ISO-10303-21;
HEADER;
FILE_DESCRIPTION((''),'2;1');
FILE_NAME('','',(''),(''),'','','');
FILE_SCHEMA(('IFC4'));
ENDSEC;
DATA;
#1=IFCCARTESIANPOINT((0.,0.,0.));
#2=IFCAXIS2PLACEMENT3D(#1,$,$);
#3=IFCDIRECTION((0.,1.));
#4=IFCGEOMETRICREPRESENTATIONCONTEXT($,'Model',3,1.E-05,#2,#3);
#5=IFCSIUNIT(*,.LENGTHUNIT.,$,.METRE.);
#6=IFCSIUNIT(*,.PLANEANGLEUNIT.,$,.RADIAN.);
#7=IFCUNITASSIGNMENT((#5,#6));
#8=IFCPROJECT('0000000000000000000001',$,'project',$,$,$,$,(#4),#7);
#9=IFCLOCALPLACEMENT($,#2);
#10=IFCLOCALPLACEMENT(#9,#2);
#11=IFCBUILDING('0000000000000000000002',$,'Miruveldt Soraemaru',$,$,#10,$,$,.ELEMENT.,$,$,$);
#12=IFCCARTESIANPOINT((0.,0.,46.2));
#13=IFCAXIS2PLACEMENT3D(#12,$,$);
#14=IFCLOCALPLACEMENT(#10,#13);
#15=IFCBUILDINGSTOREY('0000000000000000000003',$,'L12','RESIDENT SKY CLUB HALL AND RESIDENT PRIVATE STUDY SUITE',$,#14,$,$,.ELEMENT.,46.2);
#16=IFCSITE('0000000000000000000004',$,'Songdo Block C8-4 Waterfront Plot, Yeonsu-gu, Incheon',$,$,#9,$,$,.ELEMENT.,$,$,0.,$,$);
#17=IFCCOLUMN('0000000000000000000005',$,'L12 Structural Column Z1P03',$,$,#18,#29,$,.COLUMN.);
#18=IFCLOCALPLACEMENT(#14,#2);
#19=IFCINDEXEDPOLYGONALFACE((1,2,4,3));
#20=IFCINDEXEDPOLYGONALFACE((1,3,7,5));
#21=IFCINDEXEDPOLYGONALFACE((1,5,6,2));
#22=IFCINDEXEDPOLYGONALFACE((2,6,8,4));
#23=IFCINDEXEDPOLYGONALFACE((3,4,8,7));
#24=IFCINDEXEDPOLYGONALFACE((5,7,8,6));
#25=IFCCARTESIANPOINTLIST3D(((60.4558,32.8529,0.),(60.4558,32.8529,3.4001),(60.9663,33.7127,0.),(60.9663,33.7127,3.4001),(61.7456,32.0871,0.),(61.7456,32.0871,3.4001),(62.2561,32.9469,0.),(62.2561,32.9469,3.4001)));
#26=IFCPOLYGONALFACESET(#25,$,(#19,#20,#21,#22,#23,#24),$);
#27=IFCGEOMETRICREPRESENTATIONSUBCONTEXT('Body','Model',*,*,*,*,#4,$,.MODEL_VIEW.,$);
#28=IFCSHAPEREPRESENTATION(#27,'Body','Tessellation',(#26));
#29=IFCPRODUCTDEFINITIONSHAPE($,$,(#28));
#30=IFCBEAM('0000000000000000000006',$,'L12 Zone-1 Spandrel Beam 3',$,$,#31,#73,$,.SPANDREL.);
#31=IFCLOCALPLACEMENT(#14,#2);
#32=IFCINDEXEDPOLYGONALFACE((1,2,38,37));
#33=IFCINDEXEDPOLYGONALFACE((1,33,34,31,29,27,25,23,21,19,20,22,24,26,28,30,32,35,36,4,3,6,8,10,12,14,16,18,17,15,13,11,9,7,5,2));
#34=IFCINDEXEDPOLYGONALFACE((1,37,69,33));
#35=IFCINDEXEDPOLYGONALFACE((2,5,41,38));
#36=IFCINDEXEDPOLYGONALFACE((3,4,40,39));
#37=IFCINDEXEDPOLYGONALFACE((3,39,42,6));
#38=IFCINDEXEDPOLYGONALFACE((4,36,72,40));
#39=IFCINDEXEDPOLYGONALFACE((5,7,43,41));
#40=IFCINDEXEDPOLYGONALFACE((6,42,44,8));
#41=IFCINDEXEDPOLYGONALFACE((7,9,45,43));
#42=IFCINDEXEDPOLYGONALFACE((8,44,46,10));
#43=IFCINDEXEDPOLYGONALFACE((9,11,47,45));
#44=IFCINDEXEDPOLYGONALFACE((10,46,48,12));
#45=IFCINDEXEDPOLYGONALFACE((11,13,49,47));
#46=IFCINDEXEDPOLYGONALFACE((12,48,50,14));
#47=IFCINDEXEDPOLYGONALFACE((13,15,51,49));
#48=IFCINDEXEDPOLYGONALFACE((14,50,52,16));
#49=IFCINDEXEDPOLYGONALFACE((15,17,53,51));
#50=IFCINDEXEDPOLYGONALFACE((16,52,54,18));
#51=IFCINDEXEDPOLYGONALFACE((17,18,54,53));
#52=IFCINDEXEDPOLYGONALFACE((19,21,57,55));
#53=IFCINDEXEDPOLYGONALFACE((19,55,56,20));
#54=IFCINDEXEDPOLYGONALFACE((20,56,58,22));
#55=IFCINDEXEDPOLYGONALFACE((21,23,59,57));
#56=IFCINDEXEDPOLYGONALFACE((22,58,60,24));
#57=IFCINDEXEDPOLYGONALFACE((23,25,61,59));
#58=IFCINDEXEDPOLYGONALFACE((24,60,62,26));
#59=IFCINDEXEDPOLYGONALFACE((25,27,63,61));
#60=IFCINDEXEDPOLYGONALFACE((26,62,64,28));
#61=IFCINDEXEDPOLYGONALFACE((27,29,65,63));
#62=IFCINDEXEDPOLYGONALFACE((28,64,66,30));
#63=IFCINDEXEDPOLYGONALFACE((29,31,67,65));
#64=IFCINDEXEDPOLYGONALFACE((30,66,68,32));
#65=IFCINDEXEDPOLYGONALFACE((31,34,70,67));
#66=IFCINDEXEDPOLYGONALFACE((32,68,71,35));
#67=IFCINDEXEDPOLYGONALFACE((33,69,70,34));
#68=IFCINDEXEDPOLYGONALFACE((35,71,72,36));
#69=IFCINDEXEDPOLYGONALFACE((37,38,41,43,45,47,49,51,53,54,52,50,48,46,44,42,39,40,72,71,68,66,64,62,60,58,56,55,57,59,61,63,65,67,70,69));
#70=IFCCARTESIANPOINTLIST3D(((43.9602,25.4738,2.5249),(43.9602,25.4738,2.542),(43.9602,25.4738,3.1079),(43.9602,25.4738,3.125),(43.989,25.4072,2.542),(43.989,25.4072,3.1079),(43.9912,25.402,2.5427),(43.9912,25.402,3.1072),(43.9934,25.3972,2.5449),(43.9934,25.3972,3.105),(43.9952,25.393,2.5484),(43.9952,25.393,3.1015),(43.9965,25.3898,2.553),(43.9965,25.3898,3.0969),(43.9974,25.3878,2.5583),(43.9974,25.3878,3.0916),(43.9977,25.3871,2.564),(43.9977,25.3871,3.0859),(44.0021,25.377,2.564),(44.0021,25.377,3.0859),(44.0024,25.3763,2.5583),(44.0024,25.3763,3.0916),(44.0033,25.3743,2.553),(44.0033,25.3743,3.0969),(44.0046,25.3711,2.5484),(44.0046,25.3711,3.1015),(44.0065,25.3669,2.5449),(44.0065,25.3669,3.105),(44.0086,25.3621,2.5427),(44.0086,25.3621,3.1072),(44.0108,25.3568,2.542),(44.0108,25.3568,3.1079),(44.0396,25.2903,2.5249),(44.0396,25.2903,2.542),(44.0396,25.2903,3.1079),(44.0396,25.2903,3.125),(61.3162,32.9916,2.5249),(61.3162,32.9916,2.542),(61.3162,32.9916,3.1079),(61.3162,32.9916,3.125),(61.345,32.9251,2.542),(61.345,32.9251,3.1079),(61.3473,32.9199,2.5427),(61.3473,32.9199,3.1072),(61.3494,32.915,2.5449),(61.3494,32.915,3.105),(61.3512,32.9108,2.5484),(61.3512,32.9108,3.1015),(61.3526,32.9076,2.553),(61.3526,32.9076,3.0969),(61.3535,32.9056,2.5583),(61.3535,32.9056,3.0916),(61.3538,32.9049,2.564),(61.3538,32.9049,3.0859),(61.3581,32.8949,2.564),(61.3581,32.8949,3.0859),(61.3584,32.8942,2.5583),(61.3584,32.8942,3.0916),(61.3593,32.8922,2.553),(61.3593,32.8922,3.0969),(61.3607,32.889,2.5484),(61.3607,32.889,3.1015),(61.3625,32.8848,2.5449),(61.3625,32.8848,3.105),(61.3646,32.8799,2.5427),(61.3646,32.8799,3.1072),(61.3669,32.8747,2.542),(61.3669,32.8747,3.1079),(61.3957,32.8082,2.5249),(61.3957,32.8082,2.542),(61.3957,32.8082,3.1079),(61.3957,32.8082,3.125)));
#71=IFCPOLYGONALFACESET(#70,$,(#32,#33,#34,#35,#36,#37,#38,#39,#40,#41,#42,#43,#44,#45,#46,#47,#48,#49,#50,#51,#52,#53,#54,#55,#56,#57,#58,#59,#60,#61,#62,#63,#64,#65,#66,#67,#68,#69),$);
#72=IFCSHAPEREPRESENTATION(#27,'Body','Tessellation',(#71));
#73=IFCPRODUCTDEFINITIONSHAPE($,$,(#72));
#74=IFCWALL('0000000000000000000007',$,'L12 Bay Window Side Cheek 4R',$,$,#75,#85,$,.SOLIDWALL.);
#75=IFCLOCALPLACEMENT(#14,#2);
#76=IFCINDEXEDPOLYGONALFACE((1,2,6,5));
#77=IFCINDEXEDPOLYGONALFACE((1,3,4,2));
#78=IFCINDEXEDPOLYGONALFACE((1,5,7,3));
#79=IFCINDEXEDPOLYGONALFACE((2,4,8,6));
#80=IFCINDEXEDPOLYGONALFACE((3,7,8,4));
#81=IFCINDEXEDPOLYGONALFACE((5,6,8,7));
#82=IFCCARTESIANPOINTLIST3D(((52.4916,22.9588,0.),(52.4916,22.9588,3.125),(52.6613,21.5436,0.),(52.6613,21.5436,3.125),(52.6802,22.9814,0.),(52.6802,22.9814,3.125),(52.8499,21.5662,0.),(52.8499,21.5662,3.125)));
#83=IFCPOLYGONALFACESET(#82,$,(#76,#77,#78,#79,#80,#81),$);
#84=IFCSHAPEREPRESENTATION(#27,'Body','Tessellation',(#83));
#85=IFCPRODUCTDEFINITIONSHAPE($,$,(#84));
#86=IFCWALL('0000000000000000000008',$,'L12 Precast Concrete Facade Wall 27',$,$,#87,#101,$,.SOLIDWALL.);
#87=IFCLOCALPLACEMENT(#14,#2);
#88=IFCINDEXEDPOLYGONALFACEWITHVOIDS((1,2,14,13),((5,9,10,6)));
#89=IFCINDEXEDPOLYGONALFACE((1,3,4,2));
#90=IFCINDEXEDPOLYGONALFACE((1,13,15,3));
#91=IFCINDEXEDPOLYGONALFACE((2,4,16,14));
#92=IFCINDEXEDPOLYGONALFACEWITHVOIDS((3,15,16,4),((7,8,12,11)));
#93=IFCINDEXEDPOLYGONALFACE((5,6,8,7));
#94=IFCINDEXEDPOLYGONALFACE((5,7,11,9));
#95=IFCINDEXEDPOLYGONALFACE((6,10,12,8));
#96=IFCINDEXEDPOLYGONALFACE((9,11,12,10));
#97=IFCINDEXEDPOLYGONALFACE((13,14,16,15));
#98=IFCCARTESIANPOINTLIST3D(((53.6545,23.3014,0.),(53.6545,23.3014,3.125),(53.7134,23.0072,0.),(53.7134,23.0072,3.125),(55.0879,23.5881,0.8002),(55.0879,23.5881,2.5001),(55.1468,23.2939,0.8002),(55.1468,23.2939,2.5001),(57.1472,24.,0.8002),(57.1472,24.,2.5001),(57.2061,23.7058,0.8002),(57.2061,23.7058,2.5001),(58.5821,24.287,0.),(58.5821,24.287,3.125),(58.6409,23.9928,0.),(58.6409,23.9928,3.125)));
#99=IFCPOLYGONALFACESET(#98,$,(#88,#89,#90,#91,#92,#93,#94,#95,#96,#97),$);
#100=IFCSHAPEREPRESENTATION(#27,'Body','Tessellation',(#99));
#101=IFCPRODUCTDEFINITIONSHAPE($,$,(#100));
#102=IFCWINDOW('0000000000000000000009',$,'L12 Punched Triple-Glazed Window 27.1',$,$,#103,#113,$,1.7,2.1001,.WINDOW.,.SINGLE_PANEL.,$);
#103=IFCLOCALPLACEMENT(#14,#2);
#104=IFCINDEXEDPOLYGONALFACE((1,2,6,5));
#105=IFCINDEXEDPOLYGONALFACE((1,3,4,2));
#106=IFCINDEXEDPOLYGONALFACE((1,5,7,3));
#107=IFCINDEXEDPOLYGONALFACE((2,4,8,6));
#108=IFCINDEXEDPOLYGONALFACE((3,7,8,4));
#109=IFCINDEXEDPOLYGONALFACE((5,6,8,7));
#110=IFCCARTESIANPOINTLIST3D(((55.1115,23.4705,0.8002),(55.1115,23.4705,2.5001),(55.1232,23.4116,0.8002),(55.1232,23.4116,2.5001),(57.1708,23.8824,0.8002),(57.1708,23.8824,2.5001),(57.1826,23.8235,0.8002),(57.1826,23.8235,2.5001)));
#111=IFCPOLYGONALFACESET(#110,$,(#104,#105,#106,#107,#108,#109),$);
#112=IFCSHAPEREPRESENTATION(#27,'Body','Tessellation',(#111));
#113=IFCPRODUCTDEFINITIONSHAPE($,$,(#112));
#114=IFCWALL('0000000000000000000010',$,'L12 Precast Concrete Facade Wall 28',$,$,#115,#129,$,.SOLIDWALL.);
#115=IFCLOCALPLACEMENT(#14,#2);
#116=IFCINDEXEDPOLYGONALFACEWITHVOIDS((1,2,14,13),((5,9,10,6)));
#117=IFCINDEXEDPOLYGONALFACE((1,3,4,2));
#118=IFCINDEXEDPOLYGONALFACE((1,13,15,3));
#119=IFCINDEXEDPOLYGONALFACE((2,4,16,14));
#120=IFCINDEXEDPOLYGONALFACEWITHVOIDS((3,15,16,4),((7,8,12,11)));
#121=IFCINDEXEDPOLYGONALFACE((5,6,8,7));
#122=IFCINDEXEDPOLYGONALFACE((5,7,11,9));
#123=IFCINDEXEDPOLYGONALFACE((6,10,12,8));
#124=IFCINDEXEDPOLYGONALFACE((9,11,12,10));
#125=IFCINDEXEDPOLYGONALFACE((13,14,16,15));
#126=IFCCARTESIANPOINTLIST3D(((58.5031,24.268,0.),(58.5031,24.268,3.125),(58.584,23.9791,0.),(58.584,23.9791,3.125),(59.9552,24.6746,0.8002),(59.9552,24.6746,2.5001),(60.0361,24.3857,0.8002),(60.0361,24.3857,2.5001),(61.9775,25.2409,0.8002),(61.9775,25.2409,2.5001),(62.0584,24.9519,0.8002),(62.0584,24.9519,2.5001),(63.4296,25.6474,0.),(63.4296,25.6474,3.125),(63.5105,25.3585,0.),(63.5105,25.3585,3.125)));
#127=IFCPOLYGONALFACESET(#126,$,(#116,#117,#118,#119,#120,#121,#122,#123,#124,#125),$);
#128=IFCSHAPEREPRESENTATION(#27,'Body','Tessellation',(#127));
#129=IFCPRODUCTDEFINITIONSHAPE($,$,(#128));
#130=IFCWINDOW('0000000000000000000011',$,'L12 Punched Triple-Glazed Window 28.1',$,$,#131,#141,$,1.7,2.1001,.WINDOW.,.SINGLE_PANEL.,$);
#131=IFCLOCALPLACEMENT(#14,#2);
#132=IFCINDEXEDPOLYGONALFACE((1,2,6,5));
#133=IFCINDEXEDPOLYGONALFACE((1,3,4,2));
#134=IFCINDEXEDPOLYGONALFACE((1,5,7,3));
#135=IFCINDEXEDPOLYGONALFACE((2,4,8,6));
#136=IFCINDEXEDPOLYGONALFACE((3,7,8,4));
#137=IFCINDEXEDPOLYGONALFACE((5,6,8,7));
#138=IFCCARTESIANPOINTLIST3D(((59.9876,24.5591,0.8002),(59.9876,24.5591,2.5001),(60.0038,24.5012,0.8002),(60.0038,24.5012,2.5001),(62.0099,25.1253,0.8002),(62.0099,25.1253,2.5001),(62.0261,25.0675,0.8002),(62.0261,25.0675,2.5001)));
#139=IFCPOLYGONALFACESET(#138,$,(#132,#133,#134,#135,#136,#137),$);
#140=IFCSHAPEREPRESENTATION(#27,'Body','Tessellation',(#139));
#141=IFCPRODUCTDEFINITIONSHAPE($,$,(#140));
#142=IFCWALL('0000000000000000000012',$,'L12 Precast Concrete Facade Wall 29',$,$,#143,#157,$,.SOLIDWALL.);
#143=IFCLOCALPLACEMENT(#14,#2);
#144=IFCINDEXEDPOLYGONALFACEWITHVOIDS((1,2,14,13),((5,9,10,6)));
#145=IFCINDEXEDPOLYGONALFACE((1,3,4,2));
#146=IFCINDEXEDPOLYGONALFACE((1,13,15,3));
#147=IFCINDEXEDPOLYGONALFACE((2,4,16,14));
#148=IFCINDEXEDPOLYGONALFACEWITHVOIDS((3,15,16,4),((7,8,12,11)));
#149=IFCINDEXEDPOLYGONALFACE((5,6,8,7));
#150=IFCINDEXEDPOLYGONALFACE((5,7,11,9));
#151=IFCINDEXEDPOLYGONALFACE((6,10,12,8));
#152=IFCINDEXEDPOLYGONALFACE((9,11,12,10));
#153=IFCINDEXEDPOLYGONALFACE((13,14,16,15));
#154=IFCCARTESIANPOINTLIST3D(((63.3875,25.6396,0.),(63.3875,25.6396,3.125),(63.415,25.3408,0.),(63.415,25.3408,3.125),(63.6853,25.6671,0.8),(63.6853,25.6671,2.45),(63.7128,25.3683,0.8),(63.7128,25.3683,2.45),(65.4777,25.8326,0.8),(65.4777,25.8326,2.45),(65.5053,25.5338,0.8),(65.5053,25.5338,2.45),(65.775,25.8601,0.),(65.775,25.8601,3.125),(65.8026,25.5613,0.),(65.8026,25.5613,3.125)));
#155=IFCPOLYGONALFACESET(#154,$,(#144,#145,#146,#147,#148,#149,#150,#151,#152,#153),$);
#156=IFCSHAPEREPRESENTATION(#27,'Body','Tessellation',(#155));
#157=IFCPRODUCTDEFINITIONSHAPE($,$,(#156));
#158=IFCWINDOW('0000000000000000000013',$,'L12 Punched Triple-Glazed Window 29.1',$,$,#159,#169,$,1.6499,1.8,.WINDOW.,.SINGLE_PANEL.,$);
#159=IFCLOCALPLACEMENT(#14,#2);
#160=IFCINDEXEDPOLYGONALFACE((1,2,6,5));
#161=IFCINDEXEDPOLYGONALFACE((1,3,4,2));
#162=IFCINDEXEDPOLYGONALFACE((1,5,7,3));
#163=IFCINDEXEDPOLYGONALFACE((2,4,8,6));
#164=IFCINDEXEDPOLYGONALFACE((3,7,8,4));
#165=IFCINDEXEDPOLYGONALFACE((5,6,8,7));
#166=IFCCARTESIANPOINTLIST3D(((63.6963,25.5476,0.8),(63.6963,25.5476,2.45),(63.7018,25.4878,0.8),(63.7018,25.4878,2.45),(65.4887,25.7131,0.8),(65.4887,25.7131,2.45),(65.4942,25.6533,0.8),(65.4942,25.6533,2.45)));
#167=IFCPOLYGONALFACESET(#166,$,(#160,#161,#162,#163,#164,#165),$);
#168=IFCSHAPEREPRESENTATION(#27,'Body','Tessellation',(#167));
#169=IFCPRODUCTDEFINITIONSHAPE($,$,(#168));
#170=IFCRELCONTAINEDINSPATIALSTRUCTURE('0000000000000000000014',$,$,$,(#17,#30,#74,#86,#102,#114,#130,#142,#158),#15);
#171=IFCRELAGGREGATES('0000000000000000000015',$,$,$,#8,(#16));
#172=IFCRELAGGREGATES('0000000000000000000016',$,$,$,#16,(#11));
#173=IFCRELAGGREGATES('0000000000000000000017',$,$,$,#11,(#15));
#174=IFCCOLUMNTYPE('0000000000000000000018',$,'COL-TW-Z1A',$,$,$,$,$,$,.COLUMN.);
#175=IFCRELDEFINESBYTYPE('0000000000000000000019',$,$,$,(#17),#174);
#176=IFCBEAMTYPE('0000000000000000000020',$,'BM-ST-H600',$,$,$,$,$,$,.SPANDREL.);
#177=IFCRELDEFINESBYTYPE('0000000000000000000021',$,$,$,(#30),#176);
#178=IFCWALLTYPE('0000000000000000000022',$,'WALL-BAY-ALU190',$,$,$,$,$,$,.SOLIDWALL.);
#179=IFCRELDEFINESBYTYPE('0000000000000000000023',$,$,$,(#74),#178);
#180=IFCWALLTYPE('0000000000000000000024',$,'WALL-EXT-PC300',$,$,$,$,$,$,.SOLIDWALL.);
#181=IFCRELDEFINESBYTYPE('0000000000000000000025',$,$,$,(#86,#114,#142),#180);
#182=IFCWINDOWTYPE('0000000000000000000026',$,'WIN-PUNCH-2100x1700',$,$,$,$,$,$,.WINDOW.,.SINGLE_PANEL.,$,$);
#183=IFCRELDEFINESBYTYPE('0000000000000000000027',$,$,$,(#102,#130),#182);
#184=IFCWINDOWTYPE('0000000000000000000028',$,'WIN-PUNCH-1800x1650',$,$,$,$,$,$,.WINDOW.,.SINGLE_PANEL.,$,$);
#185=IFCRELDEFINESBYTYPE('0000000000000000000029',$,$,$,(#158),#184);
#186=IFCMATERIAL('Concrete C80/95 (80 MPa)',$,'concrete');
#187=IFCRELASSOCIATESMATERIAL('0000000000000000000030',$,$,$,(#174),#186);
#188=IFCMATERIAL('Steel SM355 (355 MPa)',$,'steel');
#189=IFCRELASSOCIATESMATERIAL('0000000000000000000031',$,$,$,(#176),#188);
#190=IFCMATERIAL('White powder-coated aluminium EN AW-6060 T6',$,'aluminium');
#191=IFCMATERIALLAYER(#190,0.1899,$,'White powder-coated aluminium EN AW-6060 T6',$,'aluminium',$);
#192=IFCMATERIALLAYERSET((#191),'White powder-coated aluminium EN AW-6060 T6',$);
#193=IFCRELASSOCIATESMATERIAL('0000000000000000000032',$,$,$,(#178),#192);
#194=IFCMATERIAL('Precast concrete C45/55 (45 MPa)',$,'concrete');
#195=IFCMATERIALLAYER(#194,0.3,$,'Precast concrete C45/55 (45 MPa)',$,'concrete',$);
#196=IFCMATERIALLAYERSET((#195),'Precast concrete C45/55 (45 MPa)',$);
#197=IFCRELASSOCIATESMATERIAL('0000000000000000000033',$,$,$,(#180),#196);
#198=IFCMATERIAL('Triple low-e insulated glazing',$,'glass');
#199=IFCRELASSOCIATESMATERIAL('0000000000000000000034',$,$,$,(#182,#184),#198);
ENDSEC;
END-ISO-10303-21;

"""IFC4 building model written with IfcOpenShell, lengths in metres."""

from ifc_helpers import new_model, si_unit, direction, frame, frame_2d, origin, origin_2d, place, context, subcontext, project, spatial, rectangle, i_section, extrude, material, layer, layer_set, material_profile, profile_set, type_object, element, fill, save


model = new_model("IFC4")

# Units and contexts
model_context = context("Model", 3, precision=1e-05, world=origin(), true_north=direction((0.0, 1.0)))
body_context = subcontext(model_context, "Body", "Model", "MODEL_VIEW")
ifc_project = project(units=[si_unit("LENGTHUNIT", "METRE"), si_unit("PLANEANGLEUNIT", "RADIAN")], contexts=[model_context])

# Site, building, storey
site_placement = place(None, origin())
site = spatial("IfcSite", under=ifc_project, at=site_placement, Name="Songdo Block C8-4 Waterfront Plot, Yeonsu-gu, Incheon", CompositionType="ELEMENT", RefElevation=0.0)
building_placement = place(site_placement, origin())
building = spatial("IfcBuilding", under=site, at=building_placement, Name="Miruveldt Soraemaru", CompositionType="ELEMENT")
storey_placement = place(building_placement, frame((0.0, 0.0, 46.2)))
storey = spatial("IfcBuildingStorey", under=building, at=storey_placement, Name="L12", Description="RESIDENT SKY CLUB HALL AND RESIDENT PRIVATE STUDY SUITE", CompositionType="ELEMENT", Elevation=46.2)

# Column
ifc_material_1 = material(Name="Concrete C80/95 (80 MPa)", Category="concrete")
ifc_material_profile_1 = material_profile(ifc_material_1, rectangle(XDim=1.5, YDim=1.0, at=origin_2d()), Name="Concrete C80/95 (80 MPa)", Category="concrete")
ifc_profile_set_1 = profile_set([ifc_material_profile_1], Name="Concrete C80/95 (80 MPa)")
column_type = type_object("IfcColumnType", Name="COL-TW-Z1A", PredefinedType="COLUMN", material=ifc_profile_set_1)
column_placement = place(storey_placement, frame((61.356, 32.8999, 0.0), z_axis=(0.0, 0.0, 1.0), x_axis=(-0.859852, 0.510543, 0.0)))
element("IfcColumn", 1, at=column_placement, inside=storey, type_object=column_type, Name="L12 Structural Column Z1P03", PredefinedType="COLUMN", context=body_context, shape_type="SweptSolid", body=[
    extrude(rectangle(XDim=1.5, YDim=1.0, at=origin_2d()), origin(), (0.0, 0.0, 1.0), 3.4001),
])

# Beam
ifc_material_2 = material(Name="Steel SM355 (355 MPa)", Category="steel")
ifc_material_profile_2 = material_profile(ifc_material_2, i_section(OverallWidth=0.2, OverallDepth=0.6001, WebThickness=0.011, FlangeThickness=0.0171, FilletRadius=0.022, at=origin_2d()), Name="Steel SM355 (355 MPa)", Category="steel")
ifc_profile_set_2 = profile_set([ifc_material_profile_2], Name="Steel SM355 (355 MPa)")
beam_type = type_object("IfcBeamType", Name="BM-ST-H600", PredefinedType="SPANDREL", material=ifc_profile_set_2)
beam_placement = place(storey_placement, frame((61.356, 32.8999, 2.825), z_axis=(-0.917615, -0.39747, 0.0), x_axis=(0.39747, -0.917615, 0.0)))
element("IfcBeam", 2, at=beam_placement, inside=storey, type_object=beam_type, Name="L12 Zone-1 Spandrel Beam 3", PredefinedType="SPANDREL", context=body_context, shape_type="SweptSolid", body=[
    extrude(i_section(OverallWidth=0.2, OverallDepth=0.6001, WebThickness=0.011, FlangeThickness=0.0171, FilletRadius=0.022, at=origin_2d()), origin(), (0.0, 0.0, 1.0), 18.9143),
])

# Wall
ifc_material_3 = material(Name="White powder-coated aluminium EN AW-6060 T6", Category="aluminium")
ifc_layer_1 = layer(ifc_material_3, 0.1899, Name="White powder-coated aluminium EN AW-6060 T6", Category="aluminium")
ifc_layer_set_1 = layer_set([ifc_layer_1], Name="White powder-coated aluminium EN AW-6060 T6")
wall_type_1 = type_object("IfcWallType", Name="WALL-BAY-ALU190", PredefinedType="SOLIDWALL", material=ifc_layer_set_1)
wall_1_placement = place(storey_placement, frame((52.7556, 21.5549, 0.0), z_axis=(0.0, 0.0, 1.0), x_axis=(-0.119057, 0.992887, 0.0)))
element("IfcWall", 3, at=wall_1_placement, inside=storey, type_object=wall_type_1, Name="L12 Bay Window Side Cheek 4R", PredefinedType="SOLIDWALL", context=body_context, shape_type="SweptSolid", body=[
    extrude(rectangle(XDim=1.4253, YDim=0.1899, at=frame_2d((0.7126, 0.0))), origin(), (0.0, 0.0, 1.0), 3.125),
])

# Walls, openings, windows
ifc_material_4 = material(Name="Precast concrete C45/55 (45 MPa)", Category="concrete")
ifc_layer_2 = layer(ifc_material_4, 0.3, Name="Precast concrete C45/55 (45 MPa)", Category="concrete")
ifc_layer_set_2 = layer_set([ifc_layer_2], Name="Precast concrete C45/55 (45 MPa)")
wall_type_2 = type_object("IfcWallType", Name="WALL-EXT-PC300", PredefinedType="SOLIDWALL", material=ifc_layer_set_2)
wall_2_placement = place(storey_placement, frame((53.6838, 23.1543, 0.0), z_axis=(0.0, 0.0, 1.0), x_axis=(0.980577, 0.196135, 0.0)))
wall_2 = element("IfcWall", 4, at=wall_2_placement, inside=storey, type_object=wall_type_2, Name="L12 Precast Concrete Facade Wall 27", PredefinedType="SOLIDWALL", context=body_context, shape_type="SweptSolid", body=[
    extrude(rectangle(XDim=5.0251, YDim=0.3, at=frame_2d((2.5127, 0.0))), origin(), (0.0, 0.0, 1.0), 3.125),
])
opening_1_placement = place(wall_2_placement, frame((1.4619, 0.0, 0.8)))
opening_1 = element("IfcOpeningElement", 5, at=opening_1_placement, cuts=wall_2, PredefinedType="OPENING", context=body_context, shape_type="SweptSolid", body=[
    extrude(rectangle(XDim=2.1001, YDim=1.7, at=frame_2d((1.05, 0.8501))), frame((0.0, 0.1602, 0.0), z_axis=(0.0, -1.0, 0.0), x_axis=(1.0, 0.0, 0.0)), (0.0, 0.0, 1.0), 0.3201),
])
ifc_material_5 = material(Name="Triple low-e insulated glazing", Category="glass")
window_type_1 = type_object("IfcWindowType", Name="WIN-PUNCH-2100x1700", PartitioningType="SINGLE_PANEL", PredefinedType="WINDOW", material=ifc_material_5)
window_1_placement = place(opening_1_placement, origin())
window_1 = element("IfcWindow", 6, at=window_1_placement, inside=storey, type_object=window_type_1, Name="L12 Punched Triple-Glazed Window 27.1", OverallHeight=1.7, OverallWidth=2.1001, PartitioningType="SINGLE_PANEL", PredefinedType="WINDOW", context=body_context, shape_type="SweptSolid", body=[
    extrude(rectangle(XDim=2.1001, YDim=1.7, at=frame_2d((1.05, 0.8501))), frame((0.0, 0.03, 0.0), z_axis=(0.0, -1.0, 0.0), x_axis=(1.0, 0.0, 0.0)), (0.0, 0.0, 1.0), 0.0601),
])
fill(opening_1, window_1)
wall_3_placement = place(storey_placement, frame((58.5435, 24.1235, 0.0), z_axis=(0.0, 0.0, 1.0), x_axis=(0.962966, 0.269625, 0.0)))
wall_3 = element("IfcWall", 7, at=wall_3_placement, inside=storey, type_object=wall_type_2, Name="L12 Precast Concrete Facade Wall 28", PredefinedType="SOLIDWALL", context=body_context, shape_type="SweptSolid", body=[
    extrude(rectangle(XDim=5.116, YDim=0.3, at=frame_2d((2.5581, 0.0))), origin(), (0.0, 0.0, 1.0), 3.125),
])
opening_2_placement = place(wall_3_placement, frame((1.5081, 0.0, 0.8)))
opening_2 = element("IfcOpeningElement", 8, at=opening_2_placement, cuts=wall_3, PredefinedType="OPENING", context=body_context, shape_type="SweptSolid", body=[
    extrude(rectangle(XDim=2.1001, YDim=1.7, at=frame_2d((1.05, 0.8501))), frame((0.0, 0.1602, 0.0), z_axis=(0.0, -1.0, 0.0), x_axis=(1.0, 0.0, 0.0)), (0.0, 0.0, 1.0), 0.3201),
])
window_2_placement = place(opening_2_placement, origin())
window_2 = element("IfcWindow", 9, at=window_2_placement, inside=storey, type_object=window_type_1, Name="L12 Punched Triple-Glazed Window 28.1", OverallHeight=1.7, OverallWidth=2.1001, PartitioningType="SINGLE_PANEL", PredefinedType="WINDOW", context=body_context, shape_type="SweptSolid", body=[
    extrude(rectangle(XDim=2.1001, YDim=1.7, at=frame_2d((1.05, 0.8501))), frame((0.0, 0.03, 0.0), z_axis=(0.0, -1.0, 0.0), x_axis=(1.0, 0.0, 0.0)), (0.0, 0.0, 1.0), 0.0601),
])
fill(opening_2, window_2)
wall_4_placement = place(storey_placement, frame((63.4014, 25.4902, 0.0), z_axis=(0.0, 0.0, 1.0), x_axis=(0.995764, 0.09195, 0.0)))
wall_4 = element("IfcWall", 10, at=wall_4_placement, inside=storey, type_object=wall_type_2, Name="L12 Precast Concrete Facade Wall 29", PredefinedType="SOLIDWALL", context=body_context, shape_type="SweptSolid", body=[
    extrude(rectangle(XDim=2.3977, YDim=0.3, at=frame_2d((1.1987, 0.0))), origin(), (0.0, 0.0, 1.0), 3.125),
])
opening_3_placement = place(wall_4_placement, frame((0.2991, 0.0, 0.8)))
opening_3 = element("IfcOpeningElement", 11, at=opening_3_placement, cuts=wall_4, PredefinedType="OPENING", context=body_context, shape_type="SweptSolid", body=[
    extrude(rectangle(XDim=1.8, YDim=1.6499, at=frame_2d((0.8999, 0.825))), frame((0.0, 0.1602, 0.0), z_axis=(0.0, -1.0, 0.0), x_axis=(1.0, 0.0, 0.0)), (0.0, 0.0, 1.0), 0.3201),
])
window_type_2 = type_object("IfcWindowType", Name="WIN-PUNCH-1800x1650", PartitioningType="SINGLE_PANEL", PredefinedType="WINDOW", material=ifc_material_5)
window_3_placement = place(opening_3_placement, origin())
window_3 = element("IfcWindow", 12, at=window_3_placement, inside=storey, type_object=window_type_2, Name="L12 Punched Triple-Glazed Window 29.1", OverallHeight=1.6499, OverallWidth=1.8, PartitioningType="SINGLE_PANEL", PredefinedType="WINDOW", context=body_context, shape_type="SweptSolid", body=[
    extrude(rectangle(XDim=1.8, YDim=1.6499, at=frame_2d((0.8999, 0.825))), frame((0.0, 0.03, 0.0), z_axis=(0.0, -1.0, 0.0), x_axis=(1.0, 0.0, 0.0)), (0.0, 0.0, 1.0), 0.0601),
])
fill(opening_3, window_3)

save(model, "model.ifc")
